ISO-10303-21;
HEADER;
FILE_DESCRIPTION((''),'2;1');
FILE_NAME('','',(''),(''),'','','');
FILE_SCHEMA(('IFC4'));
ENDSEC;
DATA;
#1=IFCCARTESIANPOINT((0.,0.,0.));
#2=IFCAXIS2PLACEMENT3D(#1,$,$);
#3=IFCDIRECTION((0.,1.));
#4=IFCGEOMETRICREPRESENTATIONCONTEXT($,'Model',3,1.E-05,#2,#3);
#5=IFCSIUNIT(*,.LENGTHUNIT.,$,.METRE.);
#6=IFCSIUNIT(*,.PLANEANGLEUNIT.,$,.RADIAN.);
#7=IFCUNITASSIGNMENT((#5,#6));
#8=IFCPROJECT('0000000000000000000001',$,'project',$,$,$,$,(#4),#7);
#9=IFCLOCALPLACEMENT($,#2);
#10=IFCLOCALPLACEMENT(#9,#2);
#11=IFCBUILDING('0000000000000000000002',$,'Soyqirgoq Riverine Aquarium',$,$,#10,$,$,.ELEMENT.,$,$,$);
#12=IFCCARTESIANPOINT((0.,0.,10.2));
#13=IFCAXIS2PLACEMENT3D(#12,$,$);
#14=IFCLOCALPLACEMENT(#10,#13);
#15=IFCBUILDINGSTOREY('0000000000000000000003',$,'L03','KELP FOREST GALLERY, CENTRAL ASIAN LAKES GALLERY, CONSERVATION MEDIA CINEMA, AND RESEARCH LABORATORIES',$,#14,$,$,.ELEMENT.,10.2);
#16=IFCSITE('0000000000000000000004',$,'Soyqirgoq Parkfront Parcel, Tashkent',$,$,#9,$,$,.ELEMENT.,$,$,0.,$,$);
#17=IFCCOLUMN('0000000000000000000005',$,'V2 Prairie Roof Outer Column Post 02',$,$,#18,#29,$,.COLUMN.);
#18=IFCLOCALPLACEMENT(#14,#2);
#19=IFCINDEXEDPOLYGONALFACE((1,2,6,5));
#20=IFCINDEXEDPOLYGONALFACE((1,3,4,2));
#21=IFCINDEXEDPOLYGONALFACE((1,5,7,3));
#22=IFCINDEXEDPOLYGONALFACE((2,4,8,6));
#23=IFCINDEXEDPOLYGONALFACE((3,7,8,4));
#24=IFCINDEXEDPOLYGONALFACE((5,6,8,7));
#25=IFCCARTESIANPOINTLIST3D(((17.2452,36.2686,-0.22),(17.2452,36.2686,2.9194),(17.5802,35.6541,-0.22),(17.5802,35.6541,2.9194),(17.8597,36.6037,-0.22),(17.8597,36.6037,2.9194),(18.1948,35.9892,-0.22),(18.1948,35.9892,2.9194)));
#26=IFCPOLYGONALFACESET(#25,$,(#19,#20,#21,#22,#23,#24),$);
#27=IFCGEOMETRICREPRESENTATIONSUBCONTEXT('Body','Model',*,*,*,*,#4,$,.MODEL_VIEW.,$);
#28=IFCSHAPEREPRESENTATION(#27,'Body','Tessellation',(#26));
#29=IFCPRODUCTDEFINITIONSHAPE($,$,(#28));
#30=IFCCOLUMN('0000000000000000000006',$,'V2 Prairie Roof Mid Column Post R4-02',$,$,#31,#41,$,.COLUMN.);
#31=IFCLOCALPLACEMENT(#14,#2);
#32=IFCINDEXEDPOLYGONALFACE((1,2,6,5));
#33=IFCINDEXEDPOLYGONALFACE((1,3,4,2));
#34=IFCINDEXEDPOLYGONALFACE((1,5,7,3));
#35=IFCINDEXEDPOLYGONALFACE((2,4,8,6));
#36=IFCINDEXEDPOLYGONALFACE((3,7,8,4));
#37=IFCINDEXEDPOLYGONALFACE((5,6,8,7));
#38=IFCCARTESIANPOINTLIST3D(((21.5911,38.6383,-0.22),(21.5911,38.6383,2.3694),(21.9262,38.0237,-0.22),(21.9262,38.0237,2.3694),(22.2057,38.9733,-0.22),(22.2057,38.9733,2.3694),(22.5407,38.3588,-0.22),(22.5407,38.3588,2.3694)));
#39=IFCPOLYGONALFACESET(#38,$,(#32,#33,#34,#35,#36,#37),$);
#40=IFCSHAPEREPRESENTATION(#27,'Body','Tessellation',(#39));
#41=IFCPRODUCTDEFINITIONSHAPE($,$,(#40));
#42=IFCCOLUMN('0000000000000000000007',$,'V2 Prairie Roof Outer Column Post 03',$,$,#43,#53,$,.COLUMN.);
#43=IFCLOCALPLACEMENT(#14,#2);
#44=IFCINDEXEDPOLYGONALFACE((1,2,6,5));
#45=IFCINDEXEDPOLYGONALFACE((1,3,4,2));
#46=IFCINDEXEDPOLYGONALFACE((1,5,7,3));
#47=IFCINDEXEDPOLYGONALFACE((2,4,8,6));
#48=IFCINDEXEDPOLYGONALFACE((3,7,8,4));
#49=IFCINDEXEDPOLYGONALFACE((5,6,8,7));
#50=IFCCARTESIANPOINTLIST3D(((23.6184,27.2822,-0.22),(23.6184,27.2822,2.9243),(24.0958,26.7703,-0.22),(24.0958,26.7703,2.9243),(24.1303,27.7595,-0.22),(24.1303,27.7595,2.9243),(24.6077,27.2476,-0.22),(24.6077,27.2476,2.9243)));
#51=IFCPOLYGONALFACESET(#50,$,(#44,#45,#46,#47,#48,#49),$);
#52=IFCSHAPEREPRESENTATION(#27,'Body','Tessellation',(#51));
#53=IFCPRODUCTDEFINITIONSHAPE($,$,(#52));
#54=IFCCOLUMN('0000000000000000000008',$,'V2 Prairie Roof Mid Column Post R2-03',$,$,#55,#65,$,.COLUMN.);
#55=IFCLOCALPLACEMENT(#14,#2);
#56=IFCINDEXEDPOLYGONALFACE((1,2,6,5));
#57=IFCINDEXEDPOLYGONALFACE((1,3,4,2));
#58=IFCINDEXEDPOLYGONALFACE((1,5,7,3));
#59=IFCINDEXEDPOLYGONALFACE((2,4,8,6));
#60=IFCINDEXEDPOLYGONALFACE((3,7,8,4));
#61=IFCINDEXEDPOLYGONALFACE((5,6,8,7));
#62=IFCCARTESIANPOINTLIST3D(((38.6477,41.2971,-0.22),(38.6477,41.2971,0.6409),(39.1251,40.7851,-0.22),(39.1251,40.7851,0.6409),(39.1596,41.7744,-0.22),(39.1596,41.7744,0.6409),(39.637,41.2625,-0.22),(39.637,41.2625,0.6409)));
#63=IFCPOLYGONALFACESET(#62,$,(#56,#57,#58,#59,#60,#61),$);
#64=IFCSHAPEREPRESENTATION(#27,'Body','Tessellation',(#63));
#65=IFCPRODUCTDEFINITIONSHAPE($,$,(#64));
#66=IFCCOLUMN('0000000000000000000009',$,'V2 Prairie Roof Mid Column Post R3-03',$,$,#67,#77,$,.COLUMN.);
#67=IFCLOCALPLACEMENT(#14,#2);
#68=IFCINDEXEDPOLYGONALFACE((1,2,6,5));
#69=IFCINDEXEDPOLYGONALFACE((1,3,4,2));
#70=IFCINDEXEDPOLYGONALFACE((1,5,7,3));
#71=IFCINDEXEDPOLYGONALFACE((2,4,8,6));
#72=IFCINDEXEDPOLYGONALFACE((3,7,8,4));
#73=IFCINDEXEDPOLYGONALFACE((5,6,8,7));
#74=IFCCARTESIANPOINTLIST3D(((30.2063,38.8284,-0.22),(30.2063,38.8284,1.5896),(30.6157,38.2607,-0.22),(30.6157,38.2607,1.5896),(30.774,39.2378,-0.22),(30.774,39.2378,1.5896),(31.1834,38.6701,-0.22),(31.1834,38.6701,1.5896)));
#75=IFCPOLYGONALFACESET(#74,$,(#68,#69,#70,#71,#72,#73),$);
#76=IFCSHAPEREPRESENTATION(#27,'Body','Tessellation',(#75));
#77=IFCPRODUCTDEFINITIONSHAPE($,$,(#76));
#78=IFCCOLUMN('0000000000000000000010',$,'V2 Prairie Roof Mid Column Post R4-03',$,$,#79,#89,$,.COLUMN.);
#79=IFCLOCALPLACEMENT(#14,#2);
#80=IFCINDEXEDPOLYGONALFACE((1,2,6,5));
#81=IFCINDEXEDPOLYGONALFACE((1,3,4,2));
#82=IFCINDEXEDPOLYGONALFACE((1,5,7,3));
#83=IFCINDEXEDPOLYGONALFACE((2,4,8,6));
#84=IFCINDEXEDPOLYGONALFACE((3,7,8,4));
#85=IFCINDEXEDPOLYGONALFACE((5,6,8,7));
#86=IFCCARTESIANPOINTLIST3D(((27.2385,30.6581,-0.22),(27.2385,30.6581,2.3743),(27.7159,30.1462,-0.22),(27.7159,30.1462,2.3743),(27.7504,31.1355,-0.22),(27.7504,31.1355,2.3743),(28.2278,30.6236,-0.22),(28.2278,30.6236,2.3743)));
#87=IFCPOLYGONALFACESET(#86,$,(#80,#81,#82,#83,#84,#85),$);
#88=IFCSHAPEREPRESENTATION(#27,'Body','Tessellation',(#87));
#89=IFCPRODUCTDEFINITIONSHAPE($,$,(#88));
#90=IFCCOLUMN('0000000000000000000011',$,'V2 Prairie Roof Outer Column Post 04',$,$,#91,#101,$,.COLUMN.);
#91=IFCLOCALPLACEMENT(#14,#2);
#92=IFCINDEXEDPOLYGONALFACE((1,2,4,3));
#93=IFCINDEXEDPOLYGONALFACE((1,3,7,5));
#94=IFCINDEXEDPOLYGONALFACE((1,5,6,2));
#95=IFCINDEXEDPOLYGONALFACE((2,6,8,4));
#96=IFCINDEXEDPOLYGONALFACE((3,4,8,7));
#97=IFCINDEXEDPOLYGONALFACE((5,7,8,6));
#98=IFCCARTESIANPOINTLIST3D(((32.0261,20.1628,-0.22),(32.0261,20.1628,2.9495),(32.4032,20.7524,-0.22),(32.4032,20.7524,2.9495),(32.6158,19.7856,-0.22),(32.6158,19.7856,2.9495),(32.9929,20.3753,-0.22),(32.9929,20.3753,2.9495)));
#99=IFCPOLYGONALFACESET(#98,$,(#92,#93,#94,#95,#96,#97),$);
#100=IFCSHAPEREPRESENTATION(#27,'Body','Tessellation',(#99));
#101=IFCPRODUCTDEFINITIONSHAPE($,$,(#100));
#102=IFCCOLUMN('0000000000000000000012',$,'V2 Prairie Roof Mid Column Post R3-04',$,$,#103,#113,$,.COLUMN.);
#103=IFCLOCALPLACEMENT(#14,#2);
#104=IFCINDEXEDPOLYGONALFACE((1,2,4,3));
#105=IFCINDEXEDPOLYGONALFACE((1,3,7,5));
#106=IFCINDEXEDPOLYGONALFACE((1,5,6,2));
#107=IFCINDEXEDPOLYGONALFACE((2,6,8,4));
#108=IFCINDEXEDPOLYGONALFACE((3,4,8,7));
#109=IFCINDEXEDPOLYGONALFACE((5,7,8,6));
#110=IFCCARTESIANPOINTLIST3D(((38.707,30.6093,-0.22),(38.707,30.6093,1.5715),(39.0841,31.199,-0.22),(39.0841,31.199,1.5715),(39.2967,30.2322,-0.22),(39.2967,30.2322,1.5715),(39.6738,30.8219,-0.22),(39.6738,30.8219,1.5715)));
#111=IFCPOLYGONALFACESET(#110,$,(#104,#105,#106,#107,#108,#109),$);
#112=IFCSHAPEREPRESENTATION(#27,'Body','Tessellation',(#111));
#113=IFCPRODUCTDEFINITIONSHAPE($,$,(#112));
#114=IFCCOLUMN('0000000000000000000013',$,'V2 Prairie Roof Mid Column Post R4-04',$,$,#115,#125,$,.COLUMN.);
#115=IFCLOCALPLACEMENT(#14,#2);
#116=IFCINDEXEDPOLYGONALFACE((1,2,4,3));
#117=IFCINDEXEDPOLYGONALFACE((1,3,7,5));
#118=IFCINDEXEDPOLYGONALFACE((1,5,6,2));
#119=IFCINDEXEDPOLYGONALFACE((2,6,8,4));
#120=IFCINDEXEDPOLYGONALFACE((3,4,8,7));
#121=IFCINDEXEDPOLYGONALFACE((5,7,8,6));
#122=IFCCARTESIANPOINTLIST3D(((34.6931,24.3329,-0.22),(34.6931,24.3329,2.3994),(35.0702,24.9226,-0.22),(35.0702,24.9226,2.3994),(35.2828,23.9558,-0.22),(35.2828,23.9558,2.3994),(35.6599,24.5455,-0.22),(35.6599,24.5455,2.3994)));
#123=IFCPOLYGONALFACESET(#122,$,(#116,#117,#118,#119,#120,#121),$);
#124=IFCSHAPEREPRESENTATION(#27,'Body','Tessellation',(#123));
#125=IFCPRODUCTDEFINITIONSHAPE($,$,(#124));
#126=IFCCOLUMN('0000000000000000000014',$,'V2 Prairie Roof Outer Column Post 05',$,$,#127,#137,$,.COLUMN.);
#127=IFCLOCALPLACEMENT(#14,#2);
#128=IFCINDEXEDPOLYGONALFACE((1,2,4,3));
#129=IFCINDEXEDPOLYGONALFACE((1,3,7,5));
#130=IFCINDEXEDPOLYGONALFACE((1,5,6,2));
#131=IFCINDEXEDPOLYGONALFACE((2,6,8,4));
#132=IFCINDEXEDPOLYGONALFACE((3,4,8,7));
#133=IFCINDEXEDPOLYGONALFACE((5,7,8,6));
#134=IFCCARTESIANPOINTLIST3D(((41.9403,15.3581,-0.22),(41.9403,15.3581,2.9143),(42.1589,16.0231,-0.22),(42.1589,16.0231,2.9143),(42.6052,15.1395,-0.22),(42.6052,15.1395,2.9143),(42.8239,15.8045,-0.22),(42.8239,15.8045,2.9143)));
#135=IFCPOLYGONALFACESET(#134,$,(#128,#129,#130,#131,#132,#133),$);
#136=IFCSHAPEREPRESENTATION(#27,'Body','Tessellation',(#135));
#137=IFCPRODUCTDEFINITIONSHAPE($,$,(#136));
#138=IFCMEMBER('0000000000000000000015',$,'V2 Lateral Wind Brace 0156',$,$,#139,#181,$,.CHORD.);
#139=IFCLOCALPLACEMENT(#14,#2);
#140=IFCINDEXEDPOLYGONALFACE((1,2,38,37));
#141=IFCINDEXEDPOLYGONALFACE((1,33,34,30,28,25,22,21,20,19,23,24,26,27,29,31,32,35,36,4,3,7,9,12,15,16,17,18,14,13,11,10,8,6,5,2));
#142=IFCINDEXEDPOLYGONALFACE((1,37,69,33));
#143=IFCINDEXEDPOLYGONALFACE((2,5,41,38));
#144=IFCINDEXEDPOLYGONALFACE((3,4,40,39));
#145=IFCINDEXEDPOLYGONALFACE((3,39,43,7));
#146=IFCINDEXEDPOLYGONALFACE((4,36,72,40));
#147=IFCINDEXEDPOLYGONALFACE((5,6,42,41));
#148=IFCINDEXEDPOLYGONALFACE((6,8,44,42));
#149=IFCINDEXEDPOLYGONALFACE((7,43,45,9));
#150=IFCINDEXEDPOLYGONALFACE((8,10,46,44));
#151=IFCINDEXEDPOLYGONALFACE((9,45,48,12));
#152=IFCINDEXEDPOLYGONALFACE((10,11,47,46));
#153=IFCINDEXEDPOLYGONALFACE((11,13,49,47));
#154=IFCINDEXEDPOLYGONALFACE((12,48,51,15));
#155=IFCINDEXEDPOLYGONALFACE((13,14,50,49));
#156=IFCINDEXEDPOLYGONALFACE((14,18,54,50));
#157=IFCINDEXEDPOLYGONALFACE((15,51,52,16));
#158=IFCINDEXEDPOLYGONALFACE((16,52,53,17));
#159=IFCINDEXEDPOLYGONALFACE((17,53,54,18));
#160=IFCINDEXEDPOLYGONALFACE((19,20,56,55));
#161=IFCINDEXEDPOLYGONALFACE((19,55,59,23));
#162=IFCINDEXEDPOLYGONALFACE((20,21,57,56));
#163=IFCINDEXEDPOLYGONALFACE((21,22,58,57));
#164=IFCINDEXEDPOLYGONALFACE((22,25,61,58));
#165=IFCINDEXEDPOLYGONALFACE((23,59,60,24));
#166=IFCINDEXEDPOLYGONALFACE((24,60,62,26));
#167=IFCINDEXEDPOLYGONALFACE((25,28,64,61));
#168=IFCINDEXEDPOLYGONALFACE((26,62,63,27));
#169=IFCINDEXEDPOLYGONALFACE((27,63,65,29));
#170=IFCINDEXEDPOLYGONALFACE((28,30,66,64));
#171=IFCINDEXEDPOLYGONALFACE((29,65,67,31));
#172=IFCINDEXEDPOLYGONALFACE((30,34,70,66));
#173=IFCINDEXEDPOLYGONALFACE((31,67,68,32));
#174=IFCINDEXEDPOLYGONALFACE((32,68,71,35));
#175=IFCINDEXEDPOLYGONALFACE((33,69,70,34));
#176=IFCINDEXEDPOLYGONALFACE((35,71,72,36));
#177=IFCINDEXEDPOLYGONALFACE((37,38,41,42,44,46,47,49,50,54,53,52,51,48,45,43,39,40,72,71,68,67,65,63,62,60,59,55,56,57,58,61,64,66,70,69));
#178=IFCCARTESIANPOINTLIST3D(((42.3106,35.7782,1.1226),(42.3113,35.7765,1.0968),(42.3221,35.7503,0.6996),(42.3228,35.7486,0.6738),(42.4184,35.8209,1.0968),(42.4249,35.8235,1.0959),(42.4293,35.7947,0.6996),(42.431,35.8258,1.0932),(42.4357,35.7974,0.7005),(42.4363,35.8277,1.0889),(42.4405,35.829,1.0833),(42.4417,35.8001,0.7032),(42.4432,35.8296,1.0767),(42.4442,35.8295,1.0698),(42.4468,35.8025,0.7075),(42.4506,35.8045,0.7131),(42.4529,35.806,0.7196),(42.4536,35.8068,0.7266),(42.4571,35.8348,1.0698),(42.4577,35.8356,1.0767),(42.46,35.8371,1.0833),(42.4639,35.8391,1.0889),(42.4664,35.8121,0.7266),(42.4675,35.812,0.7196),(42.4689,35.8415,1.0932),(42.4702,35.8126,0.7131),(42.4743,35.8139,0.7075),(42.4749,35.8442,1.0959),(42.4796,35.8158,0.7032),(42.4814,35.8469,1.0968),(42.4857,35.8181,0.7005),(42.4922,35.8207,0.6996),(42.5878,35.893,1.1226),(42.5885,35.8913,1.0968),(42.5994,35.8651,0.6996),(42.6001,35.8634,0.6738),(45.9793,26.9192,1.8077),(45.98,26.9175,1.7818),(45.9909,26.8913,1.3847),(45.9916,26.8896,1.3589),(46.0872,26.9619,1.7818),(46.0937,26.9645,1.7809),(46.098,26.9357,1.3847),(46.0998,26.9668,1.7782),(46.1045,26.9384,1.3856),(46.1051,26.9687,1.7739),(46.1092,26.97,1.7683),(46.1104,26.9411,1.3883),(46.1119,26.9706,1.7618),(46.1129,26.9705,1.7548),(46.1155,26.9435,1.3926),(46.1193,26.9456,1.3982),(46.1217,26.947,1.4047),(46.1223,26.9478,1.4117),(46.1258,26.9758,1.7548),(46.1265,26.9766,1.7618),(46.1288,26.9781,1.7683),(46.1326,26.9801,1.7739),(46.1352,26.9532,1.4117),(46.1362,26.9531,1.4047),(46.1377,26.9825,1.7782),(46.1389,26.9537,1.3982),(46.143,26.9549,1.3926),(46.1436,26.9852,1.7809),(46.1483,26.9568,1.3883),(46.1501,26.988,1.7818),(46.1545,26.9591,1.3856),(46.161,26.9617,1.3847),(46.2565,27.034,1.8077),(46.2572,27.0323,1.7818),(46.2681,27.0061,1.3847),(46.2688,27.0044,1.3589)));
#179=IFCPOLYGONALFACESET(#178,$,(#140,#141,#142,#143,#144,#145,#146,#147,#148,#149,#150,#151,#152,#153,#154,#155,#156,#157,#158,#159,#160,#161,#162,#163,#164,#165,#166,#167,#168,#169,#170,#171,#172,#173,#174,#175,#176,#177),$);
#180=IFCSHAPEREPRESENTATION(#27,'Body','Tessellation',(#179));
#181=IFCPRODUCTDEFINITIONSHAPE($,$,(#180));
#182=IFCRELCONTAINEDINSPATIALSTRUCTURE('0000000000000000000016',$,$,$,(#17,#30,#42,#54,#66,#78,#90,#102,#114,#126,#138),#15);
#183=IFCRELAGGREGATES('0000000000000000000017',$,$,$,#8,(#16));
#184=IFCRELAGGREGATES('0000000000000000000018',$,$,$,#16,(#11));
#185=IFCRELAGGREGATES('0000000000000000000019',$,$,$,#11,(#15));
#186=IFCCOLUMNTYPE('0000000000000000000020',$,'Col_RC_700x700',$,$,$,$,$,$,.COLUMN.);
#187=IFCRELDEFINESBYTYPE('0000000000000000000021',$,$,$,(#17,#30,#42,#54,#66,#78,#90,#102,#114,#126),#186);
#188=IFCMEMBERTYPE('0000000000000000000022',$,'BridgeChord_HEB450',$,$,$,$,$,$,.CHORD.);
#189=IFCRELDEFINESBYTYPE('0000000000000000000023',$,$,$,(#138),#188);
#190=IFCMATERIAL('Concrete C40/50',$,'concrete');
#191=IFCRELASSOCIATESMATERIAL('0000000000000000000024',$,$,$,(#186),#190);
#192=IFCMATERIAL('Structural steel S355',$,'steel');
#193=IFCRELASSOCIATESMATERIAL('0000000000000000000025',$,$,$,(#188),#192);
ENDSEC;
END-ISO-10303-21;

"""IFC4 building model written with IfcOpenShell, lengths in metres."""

from ifc_helpers import new_model, si_unit, direction, frame, origin, origin_2d, place, context, subcontext, project, spatial, rectangle, i_section, extrude, material, material_profile, profile_set, type_object, element, save


model = new_model("IFC4")

# Units and contexts
model_context = context("Model", 3, precision=1e-05, world=origin(), true_north=direction((0.0, 1.0)))
body_context = subcontext(model_context, "Body", "Model", "MODEL_VIEW")
ifc_project = project(units=[si_unit("LENGTHUNIT", "METRE"), si_unit("PLANEANGLEUNIT", "RADIAN")], contexts=[model_context])

# Site, building, storey
site_placement = place(None, origin())
site = spatial("IfcSite", under=ifc_project, at=site_placement, Name="Soyqirgoq Parkfront Parcel, Tashkent", CompositionType="ELEMENT", RefElevation=0.0)
building_placement = place(site_placement, origin())
building = spatial("IfcBuilding", under=site, at=building_placement, Name="Soyqirgoq Riverine Aquarium", CompositionType="ELEMENT")
storey_placement = place(building_placement, frame((0.0, 0.0, 10.2)))
storey = spatial("IfcBuildingStorey", under=building, at=storey_placement, Name="L03", Description="KELP FOREST GALLERY, CENTRAL ASIAN LAKES GALLERY, CONSERVATION MEDIA CINEMA, AND RESEARCH LABORATORIES", CompositionType="ELEMENT", Elevation=10.2)

# Columns
ifc_material_1 = material(Name="Concrete C40/50", Category="concrete")
ifc_material_profile_1 = material_profile(ifc_material_1, rectangle(XDim=0.7, YDim=0.7, at=origin_2d()), Name="RC 700x700")
ifc_profile_set_1 = profile_set([ifc_material_profile_1], Name="Concrete C40/50")
column_type = type_object("IfcColumnType", Name="Col_RC_700x700", PredefinedType="COLUMN", material=ifc_profile_set_1)
column_1_placement = place(storey_placement, frame((17.72, 36.1289, -0.22), z_axis=(0.0, 0.0, 1.0), x_axis=(-0.877983, -0.478692, 0.0)))
element("IfcColumn", 1, at=column_1_placement, inside=storey, type_object=column_type, Name="V2 Prairie Roof Outer Column Post 02", PredefinedType="COLUMN", context=body_context, shape_type="SweptSolid", body=[
    extrude(rectangle(XDim=0.7, YDim=0.7, at=origin_2d()), origin(), (0.0, 0.0, 1.0), 3.1394),
])
column_2_placement = place(storey_placement, frame((22.0659, 38.4985, -0.22), z_axis=(0.0, 0.0, 1.0), x_axis=(-0.877983, -0.478692, 0.0)))
element("IfcColumn", 2, at=column_2_placement, inside=storey, type_object=column_type, Name="V2 Prairie Roof Mid Column Post R4-02", PredefinedType="COLUMN", context=body_context, shape_type="SweptSolid", body=[
    extrude(rectangle(XDim=0.7, YDim=0.7, at=origin_2d()), origin(), (0.0, 0.0, 1.0), 2.5894),
])
column_3_placement = place(storey_placement, frame((24.113, 27.2649, -0.22), z_axis=(0.0, 0.0, 1.0), x_axis=(-0.731354, -0.681998, 0.0)))
element("IfcColumn", 3, at=column_3_placement, inside=storey, type_object=column_type, Name="V2 Prairie Roof Outer Column Post 03", PredefinedType="COLUMN", context=body_context, shape_type="SweptSolid", body=[
    extrude(rectangle(XDim=0.7, YDim=0.7, at=origin_2d()), origin(), (0.0, 0.0, 1.0), 3.1443),
])
column_4_placement = place(storey_placement, frame((39.1423, 41.2798, -0.22), z_axis=(0.0, 0.0, 1.0), x_axis=(-0.731354, -0.681998, 0.0)))
element("IfcColumn", 4, at=column_4_placement, inside=storey, type_object=column_type, Name="V2 Prairie Roof Mid Column Post R2-03", PredefinedType="COLUMN", context=body_context, shape_type="SweptSolid", body=[
    extrude(rectangle(XDim=0.7, YDim=0.7, at=origin_2d()), origin(), (0.0, 0.0, 1.0), 0.8608),
])
column_5_placement = place(storey_placement, frame((30.6948, 38.7493, -0.22), z_axis=(0.0, 0.0, 1.0), x_axis=(-0.811064, -0.584958, 0.0)))
element("IfcColumn", 5, at=column_5_placement, inside=storey, type_object=column_type, Name="V2 Prairie Roof Mid Column Post R3-03", PredefinedType="COLUMN", context=body_context, shape_type="SweptSolid", body=[
    extrude(rectangle(XDim=0.7, YDim=0.7, at=origin_2d()), origin(), (0.0, 0.0, 1.0), 1.8096),
])
column_6_placement = place(storey_placement, frame((27.7332, 30.6409, -0.22), z_axis=(0.0, 0.0, 1.0), x_axis=(-0.731354, -0.681998, 0.0)))
element("IfcColumn", 6, at=column_6_placement, inside=storey, type_object=column_type, Name="V2 Prairie Roof Mid Column Post R4-03", PredefinedType="COLUMN", context=body_context, shape_type="SweptSolid", body=[
    extrude(rectangle(XDim=0.7, YDim=0.7, at=origin_2d()), origin(), (0.0, 0.0, 1.0), 2.5942),
])
column_7_placement = place(storey_placement, frame((32.5095, 20.269, -0.22), z_axis=(0.0, 0.0, 1.0), x_axis=(-0.538771, -0.842452, 0.0)))
element("IfcColumn", 7, at=column_7_placement, inside=storey, type_object=column_type, Name="V2 Prairie Roof Outer Column Post 04", PredefinedType="COLUMN", context=body_context, shape_type="SweptSolid", body=[
    extrude(rectangle(XDim=0.7, YDim=0.7, at=origin_2d()), origin(), (0.0, 0.0, 1.0), 3.1694),
])
column_8_placement = place(storey_placement, frame((39.1904, 30.7156, -0.22), z_axis=(0.0, 0.0, 1.0), x_axis=(-0.538771, -0.842452, 0.0)))
element("IfcColumn", 8, at=column_8_placement, inside=storey, type_object=column_type, Name="V2 Prairie Roof Mid Column Post R3-04", PredefinedType="COLUMN", context=body_context, shape_type="SweptSolid", body=[
    extrude(rectangle(XDim=0.7, YDim=0.7, at=origin_2d()), origin(), (0.0, 0.0, 1.0), 1.7915),
])
column_9_placement = place(storey_placement, frame((35.1765, 24.4392, -0.22), z_axis=(0.0, 0.0, 1.0), x_axis=(-0.538771, -0.842452, 0.0)))
element("IfcColumn", 9, at=column_9_placement, inside=storey, type_object=column_type, Name="V2 Prairie Roof Mid Column Post R4-04", PredefinedType="COLUMN", context=body_context, shape_type="SweptSolid", body=[
    extrude(rectangle(XDim=0.7, YDim=0.7, at=origin_2d()), origin(), (0.0, 0.0, 1.0), 2.6194),
])
column_10_placement = place(storey_placement, frame((42.3821, 15.5813, -0.22), z_axis=(0.0, 0.0, 1.0), x_axis=(-0.312335, -0.949972, 0.0)))
element("IfcColumn", 10, at=column_10_placement, inside=storey, type_object=column_type, Name="V2 Prairie Roof Outer Column Post 05", PredefinedType="COLUMN", context=body_context, shape_type="SweptSolid", body=[
    extrude(rectangle(XDim=0.7, YDim=0.7, at=origin_2d()), origin(), (0.0, 0.0, 1.0), 3.1343),
])

# Member
ifc_material_2 = material(Name="Structural steel S355", Category="steel")
ifc_material_profile_2 = material_profile(ifc_material_2, i_section(OverallWidth=0.3, OverallDepth=0.45, WebThickness=0.0139, FlangeThickness=0.0259, FilletRadius=0.0271, at=origin_2d()), Name="HEB 450")
ifc_profile_set_2 = profile_set([ifc_material_profile_2], Name="Structural steel S355")
member_type_1 = type_object("IfcMemberType", Name="BridgeChord_HEB450", PredefinedType="CHORD", material=ifc_profile_set_2)
member_1_placement = place(storey_placement, frame((42.4553, 35.8208, 0.8982), z_axis=(0.381642, -0.921559, 0.071264), x_axis=(0.923908, 0.382615, 0.0)))
element("IfcMember", 11, at=member_1_placement, inside=storey, type_object=member_type_1, Name="V2 Lateral Wind Brace 0156", PredefinedType="CHORD", context=body_context, shape_type="SweptSolid", body=[
    extrude(i_section(OverallWidth=0.3, OverallDepth=0.45, WebThickness=0.0139, FlangeThickness=0.0259, FilletRadius=0.0271, at=origin_2d()), origin(), (0.0, 0.0, 1.0), 9.613),
])

save(model, "model.ifc")
